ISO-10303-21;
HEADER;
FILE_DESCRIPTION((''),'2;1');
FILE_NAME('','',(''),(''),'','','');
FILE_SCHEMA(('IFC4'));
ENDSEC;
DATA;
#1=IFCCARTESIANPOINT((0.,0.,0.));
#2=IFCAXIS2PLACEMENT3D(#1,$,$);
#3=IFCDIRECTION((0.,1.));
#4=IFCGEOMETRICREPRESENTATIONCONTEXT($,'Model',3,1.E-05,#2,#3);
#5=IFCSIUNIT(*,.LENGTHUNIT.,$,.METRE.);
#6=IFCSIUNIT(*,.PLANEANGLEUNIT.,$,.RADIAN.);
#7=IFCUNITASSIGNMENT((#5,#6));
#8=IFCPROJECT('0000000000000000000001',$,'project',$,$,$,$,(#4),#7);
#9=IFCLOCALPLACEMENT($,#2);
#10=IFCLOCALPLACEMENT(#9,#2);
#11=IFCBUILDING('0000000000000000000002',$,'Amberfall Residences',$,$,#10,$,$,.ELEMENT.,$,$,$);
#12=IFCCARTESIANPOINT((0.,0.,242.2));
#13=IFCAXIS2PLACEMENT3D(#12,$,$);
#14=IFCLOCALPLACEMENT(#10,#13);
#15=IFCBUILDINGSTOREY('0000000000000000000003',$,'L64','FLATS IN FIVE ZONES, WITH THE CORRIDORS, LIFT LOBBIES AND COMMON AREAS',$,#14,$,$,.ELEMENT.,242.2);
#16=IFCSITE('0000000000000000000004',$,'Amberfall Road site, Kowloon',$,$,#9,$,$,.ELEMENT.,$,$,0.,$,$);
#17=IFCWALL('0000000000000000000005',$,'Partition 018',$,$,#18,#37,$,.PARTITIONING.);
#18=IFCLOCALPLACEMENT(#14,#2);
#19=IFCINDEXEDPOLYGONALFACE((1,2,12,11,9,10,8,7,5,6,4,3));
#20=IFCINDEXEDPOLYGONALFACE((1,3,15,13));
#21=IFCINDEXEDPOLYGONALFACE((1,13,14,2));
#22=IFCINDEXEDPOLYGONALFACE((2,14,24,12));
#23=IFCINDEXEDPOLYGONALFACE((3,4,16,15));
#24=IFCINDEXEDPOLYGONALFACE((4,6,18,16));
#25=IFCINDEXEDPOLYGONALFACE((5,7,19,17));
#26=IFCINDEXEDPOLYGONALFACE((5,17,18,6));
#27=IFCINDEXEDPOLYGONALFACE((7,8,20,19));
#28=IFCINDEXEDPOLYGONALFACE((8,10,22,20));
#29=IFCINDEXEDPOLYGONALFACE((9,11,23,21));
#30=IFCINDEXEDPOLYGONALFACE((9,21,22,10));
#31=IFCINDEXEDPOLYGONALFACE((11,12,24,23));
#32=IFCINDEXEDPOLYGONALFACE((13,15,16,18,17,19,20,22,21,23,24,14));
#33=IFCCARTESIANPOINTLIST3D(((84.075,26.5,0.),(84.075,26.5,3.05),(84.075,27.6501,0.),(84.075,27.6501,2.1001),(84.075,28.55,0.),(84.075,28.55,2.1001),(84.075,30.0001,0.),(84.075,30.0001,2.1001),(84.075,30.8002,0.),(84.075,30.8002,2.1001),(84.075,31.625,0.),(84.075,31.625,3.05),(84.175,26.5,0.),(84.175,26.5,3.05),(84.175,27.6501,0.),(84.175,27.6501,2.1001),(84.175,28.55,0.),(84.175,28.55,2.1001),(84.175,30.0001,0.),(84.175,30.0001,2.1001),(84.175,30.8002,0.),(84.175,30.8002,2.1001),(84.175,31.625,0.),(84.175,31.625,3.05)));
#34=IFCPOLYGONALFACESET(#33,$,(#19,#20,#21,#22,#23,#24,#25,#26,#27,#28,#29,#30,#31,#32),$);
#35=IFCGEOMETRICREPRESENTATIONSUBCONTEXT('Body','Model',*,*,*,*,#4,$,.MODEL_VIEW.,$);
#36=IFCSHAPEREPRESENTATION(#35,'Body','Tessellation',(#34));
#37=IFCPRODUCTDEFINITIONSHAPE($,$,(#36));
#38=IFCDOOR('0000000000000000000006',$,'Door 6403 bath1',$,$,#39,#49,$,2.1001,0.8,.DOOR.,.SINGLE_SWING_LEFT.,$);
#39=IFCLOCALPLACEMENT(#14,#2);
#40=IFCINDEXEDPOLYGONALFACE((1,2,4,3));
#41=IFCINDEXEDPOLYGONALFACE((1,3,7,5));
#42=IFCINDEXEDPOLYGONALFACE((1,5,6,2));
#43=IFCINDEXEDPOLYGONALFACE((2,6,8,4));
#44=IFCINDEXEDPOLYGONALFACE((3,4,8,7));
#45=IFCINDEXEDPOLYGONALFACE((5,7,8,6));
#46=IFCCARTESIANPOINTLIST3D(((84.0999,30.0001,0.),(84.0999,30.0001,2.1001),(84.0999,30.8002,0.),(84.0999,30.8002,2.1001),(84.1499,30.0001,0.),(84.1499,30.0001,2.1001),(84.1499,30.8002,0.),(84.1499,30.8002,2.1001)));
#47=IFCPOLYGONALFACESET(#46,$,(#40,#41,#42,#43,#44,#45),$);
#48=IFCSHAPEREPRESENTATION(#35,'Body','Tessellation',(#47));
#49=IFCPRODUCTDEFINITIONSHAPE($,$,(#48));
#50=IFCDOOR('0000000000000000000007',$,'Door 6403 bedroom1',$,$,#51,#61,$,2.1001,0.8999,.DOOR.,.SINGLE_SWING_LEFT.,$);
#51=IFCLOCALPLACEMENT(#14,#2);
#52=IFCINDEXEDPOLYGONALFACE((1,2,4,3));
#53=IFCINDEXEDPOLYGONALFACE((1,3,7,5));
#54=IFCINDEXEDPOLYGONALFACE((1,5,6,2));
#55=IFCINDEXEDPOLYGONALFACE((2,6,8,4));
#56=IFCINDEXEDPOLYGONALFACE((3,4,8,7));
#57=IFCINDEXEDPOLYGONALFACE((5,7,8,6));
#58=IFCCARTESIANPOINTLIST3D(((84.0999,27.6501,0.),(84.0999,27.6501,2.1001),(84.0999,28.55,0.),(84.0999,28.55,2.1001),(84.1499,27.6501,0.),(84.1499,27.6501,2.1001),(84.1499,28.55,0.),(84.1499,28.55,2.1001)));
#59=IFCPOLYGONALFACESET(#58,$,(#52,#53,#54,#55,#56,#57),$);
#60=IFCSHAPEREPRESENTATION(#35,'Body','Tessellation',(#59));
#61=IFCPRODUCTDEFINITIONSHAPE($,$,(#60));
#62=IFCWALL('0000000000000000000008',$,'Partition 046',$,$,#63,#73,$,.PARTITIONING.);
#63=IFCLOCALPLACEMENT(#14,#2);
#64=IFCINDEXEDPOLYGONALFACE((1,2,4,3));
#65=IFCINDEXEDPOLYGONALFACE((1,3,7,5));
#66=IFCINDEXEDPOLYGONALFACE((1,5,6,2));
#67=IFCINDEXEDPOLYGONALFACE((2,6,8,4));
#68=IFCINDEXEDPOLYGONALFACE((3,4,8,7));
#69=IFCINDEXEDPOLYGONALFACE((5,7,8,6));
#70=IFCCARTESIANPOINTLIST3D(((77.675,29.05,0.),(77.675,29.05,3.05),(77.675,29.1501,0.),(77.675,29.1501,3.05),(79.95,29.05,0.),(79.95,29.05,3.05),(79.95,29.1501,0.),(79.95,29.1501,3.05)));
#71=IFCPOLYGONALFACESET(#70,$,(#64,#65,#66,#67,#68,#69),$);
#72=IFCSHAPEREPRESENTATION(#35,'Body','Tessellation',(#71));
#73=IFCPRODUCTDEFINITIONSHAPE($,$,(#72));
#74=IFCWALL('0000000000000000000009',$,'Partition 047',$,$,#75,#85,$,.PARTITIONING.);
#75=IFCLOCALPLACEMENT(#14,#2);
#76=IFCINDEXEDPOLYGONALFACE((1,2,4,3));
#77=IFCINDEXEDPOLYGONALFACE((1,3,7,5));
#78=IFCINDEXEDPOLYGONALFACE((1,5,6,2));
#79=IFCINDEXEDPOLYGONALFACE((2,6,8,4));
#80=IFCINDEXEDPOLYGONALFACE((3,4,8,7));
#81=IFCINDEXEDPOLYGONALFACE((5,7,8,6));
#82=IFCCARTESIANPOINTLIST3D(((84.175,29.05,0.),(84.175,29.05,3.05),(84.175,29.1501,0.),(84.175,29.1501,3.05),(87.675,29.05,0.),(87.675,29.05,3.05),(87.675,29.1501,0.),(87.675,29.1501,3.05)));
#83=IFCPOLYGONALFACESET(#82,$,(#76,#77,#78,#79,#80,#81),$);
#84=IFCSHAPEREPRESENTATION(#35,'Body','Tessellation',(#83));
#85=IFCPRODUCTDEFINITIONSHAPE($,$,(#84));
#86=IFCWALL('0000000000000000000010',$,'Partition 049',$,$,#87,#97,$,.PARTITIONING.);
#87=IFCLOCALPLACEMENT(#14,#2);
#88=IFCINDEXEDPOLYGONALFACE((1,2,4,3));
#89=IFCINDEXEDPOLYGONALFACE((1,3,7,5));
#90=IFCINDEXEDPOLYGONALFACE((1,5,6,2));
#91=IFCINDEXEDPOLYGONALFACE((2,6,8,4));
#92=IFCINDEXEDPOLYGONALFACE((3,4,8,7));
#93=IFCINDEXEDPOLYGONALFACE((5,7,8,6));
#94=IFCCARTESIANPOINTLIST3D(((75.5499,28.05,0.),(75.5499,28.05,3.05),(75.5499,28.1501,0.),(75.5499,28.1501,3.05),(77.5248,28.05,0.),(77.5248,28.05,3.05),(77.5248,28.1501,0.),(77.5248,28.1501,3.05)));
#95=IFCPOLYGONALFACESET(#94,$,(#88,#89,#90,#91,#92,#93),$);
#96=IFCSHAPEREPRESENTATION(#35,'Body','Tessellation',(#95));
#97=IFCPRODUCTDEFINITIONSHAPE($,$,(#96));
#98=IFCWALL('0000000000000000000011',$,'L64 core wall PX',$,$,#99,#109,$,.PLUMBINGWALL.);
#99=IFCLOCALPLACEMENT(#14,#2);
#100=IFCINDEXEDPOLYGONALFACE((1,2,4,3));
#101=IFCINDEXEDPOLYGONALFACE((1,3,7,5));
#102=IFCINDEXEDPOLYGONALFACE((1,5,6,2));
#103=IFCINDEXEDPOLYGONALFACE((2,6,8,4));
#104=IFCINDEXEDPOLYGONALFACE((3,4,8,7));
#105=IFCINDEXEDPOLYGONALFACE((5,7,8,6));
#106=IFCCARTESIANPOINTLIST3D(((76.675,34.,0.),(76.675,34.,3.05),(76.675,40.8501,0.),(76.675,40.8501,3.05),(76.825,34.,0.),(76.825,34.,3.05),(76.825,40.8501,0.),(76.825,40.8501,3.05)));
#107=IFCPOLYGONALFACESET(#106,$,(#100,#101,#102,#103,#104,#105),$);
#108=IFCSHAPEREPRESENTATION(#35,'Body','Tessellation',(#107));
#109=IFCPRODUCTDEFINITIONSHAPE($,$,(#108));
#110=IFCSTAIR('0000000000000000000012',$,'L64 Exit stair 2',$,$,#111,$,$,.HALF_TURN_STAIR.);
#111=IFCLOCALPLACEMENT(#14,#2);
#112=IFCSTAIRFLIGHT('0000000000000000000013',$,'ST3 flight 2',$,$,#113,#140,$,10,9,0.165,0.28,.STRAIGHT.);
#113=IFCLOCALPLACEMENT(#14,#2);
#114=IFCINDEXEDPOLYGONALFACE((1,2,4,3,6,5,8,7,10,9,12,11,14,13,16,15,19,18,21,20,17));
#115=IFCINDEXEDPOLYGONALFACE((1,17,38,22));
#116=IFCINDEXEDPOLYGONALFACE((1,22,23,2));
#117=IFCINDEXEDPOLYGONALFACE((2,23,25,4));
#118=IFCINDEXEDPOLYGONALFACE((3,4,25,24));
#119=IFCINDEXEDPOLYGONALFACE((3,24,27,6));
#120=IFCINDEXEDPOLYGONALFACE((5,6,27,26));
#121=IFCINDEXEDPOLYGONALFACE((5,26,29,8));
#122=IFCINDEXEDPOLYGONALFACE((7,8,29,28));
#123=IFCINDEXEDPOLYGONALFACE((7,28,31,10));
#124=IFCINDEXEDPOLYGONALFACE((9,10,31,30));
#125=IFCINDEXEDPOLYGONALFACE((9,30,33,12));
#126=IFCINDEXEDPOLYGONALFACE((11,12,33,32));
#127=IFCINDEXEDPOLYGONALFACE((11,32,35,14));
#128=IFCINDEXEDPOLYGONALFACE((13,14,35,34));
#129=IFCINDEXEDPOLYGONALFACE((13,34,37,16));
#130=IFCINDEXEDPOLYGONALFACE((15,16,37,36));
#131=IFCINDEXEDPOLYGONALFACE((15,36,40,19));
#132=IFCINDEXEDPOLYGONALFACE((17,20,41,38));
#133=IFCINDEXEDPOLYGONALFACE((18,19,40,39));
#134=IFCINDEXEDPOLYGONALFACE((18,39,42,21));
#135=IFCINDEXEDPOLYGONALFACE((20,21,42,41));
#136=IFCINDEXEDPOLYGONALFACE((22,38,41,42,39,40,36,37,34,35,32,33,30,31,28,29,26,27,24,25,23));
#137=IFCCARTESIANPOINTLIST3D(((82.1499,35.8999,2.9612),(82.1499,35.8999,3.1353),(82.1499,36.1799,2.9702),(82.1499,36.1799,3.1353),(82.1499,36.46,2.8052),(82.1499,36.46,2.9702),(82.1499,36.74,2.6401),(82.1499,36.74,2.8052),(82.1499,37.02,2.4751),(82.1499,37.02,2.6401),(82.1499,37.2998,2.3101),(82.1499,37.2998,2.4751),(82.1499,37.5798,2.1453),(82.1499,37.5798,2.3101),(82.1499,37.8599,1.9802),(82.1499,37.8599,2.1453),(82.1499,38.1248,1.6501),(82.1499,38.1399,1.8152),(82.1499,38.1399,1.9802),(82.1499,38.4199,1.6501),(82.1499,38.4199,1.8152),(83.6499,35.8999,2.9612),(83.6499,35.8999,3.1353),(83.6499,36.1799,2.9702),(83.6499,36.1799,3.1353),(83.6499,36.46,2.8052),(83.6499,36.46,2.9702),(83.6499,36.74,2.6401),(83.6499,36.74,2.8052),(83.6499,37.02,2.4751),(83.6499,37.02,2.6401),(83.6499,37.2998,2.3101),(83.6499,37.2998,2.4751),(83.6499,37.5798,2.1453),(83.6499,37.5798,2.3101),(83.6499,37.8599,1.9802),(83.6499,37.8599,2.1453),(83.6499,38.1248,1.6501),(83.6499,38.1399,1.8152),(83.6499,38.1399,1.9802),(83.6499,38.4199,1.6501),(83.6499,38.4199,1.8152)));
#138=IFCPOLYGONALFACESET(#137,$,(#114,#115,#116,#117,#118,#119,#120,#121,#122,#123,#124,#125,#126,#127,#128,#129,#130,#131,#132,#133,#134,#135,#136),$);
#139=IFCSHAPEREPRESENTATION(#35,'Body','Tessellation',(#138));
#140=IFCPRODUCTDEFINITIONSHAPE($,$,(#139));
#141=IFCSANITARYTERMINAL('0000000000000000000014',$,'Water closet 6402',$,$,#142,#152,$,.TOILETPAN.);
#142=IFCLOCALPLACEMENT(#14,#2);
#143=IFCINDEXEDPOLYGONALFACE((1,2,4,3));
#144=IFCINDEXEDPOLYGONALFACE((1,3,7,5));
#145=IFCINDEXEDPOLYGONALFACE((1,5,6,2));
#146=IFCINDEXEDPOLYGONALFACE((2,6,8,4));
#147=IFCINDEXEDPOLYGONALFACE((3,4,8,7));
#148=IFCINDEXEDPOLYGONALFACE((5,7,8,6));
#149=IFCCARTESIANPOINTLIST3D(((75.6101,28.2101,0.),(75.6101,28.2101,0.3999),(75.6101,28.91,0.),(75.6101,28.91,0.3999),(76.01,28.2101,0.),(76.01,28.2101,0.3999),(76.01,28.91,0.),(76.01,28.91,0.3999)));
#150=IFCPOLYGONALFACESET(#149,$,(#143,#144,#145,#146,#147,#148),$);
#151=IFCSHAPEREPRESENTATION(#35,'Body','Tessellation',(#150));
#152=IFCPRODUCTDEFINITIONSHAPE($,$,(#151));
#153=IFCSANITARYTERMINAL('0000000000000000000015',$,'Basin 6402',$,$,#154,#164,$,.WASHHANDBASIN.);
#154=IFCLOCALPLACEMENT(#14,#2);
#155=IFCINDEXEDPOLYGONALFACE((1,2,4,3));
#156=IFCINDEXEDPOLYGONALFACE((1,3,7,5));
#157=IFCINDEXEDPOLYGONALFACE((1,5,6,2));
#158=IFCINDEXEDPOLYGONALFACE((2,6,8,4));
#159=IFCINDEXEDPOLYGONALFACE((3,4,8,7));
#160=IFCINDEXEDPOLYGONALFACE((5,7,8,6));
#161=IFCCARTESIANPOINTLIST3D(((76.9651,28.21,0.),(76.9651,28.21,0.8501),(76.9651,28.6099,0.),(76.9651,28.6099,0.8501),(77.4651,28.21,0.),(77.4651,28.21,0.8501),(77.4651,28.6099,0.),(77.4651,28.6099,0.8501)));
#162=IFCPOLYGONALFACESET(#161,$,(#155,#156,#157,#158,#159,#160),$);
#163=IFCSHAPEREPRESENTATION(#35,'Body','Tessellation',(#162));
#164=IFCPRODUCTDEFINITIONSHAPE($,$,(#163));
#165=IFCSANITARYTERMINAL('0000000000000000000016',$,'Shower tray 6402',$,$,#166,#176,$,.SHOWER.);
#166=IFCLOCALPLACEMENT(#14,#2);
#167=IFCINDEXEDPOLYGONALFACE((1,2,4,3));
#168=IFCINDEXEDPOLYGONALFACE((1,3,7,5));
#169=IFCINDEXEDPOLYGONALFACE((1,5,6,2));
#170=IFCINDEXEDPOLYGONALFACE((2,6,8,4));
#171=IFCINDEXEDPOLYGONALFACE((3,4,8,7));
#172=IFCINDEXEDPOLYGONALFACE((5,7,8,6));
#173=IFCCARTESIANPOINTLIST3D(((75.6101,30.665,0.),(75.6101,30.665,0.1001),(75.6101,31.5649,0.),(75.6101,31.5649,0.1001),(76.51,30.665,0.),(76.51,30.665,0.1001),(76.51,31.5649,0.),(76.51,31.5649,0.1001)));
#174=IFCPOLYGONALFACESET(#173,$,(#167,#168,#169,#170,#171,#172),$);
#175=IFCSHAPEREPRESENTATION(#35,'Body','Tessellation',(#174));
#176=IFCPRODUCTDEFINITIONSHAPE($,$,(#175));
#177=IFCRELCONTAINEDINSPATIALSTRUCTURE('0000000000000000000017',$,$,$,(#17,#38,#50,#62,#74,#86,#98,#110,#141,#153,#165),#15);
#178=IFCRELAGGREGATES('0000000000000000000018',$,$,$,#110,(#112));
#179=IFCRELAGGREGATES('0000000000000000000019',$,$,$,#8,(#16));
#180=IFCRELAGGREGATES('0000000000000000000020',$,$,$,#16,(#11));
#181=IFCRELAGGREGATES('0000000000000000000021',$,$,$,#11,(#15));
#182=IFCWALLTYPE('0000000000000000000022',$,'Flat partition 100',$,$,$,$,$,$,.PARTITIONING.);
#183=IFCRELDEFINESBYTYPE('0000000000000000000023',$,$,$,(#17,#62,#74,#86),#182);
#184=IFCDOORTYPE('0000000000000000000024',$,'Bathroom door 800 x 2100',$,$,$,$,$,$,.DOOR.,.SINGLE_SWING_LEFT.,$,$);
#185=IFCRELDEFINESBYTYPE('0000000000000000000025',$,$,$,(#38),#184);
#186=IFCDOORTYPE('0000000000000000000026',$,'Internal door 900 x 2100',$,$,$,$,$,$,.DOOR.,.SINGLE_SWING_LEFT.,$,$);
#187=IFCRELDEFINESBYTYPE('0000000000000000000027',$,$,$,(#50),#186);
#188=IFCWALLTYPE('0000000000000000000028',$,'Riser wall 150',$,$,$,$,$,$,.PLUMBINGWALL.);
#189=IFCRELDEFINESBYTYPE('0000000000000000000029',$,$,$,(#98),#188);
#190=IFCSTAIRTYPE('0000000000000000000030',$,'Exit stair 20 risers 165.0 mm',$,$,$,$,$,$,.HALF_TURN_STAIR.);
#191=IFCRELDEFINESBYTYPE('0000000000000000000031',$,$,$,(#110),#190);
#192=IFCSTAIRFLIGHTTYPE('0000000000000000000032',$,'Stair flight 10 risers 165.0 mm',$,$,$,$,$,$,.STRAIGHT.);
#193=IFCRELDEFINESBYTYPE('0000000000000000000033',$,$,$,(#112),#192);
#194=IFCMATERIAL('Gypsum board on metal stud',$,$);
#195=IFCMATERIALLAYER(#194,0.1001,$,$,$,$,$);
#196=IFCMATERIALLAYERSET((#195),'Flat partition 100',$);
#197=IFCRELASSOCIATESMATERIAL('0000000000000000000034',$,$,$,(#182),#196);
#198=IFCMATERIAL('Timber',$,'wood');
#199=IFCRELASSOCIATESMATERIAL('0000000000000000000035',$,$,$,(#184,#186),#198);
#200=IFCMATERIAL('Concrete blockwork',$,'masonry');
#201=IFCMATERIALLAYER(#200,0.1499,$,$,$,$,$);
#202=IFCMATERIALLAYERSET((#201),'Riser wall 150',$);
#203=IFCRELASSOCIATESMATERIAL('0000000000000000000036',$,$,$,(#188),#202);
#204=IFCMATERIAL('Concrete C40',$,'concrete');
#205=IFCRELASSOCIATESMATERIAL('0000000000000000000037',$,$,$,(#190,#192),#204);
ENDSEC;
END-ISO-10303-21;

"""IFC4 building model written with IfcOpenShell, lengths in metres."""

from ifc_helpers import new_model, si_unit, direction, frame, frame_2d, origin, origin_2d, place, context, subcontext, project, spatial, polyline, rectangle, outline, extrude, material, layer, layer_set, type_object, element, fill, aggregate, save


model = new_model("IFC4")

# Units and contexts
model_context = context("Model", 3, precision=1e-05, world=origin(), true_north=direction((0.0, 1.0)))
body_context = subcontext(model_context, "Body", "Model", "MODEL_VIEW")
ifc_project = project(units=[si_unit("LENGTHUNIT", "METRE"), si_unit("PLANEANGLEUNIT", "RADIAN")], contexts=[model_context])

# Site, building, storey
site_placement = place(None, origin())
site = spatial("IfcSite", under=ifc_project, at=site_placement, Name="Amberfall Road site, Kowloon", CompositionType="ELEMENT", RefElevation=0.0)
building_placement = place(site_placement, origin())
building = spatial("IfcBuilding", under=site, at=building_placement, Name="Amberfall Residences", CompositionType="ELEMENT")
storey_placement = place(building_placement, frame((0.0, 0.0, 242.2)))
storey = spatial("IfcBuildingStorey", under=building, at=storey_placement, Name="L64", Description="FLATS IN FIVE ZONES, WITH THE CORRIDORS, LIFT LOBBIES AND COMMON AREAS", CompositionType="ELEMENT", Elevation=242.2)

# Shared definitions
ifc_material_1 = material(Name="Gypsum board on metal stud")
ifc_layer_1 = layer(ifc_material_1, 0.1001)
ifc_layer_set_1 = layer_set([ifc_layer_1], Name="Flat partition 100")
wall_type_1 = type_object("IfcWallType", Name="Flat partition 100", PredefinedType="PARTITIONING", material=ifc_layer_set_1)
ifc_material_2 = material(Name="Timber", Category="wood")
door_type_1 = type_object("IfcDoorType", Name="Bathroom door 800 x 2100", OperationType="SINGLE_SWING_LEFT", PredefinedType="DOOR", material=ifc_material_2)
door_type_2 = type_object("IfcDoorType", Name="Internal door 900 x 2100", OperationType="SINGLE_SWING_LEFT", PredefinedType="DOOR", material=ifc_material_2)

# Wall, openings, doors
wall_1_placement = place(storey_placement, frame((84.125, 31.625, 0.0), z_axis=(0.0, 0.0, 1.0), x_axis=(0.0, -1.0, 0.0)))
wall_1 = element("IfcWall", 1, at=wall_1_placement, inside=storey, type_object=wall_type_1, Name="Partition 018", PredefinedType="PARTITIONING", context=body_context, shape_type="SweptSolid", body=[
    extrude(rectangle(XDim=5.125, YDim=0.1001, at=frame_2d((2.5625, 0.0))), origin(), (0.0, 0.0, 1.0), 3.05),
])
opening_1_placement = place(wall_1_placement, frame((3.075, 0.0, 0.0)))
opening_1 = element("IfcOpeningElement", 2, at=opening_1_placement, cuts=wall_1, PredefinedType="OPENING", context=body_context, shape_type="SweptSolid", body=[
    extrude(rectangle(XDim=0.8999, YDim=2.1001, at=frame_2d((0.45, 1.05))), frame((0.0, 0.0601, 0.0), z_axis=(0.0, -1.0, 0.0), x_axis=(1.0, 0.0, 0.0)), (0.0, 0.0, 1.0), 0.1201),
])
opening_2_placement = place(wall_1_placement, frame((0.825, 0.0, 0.0)))
opening_2 = element("IfcOpeningElement", 3, at=opening_2_placement, cuts=wall_1, PredefinedType="OPENING", context=body_context, shape_type="SweptSolid", body=[
    extrude(rectangle(XDim=0.8, YDim=2.1001, at=frame_2d((0.3999, 1.05))), frame((0.0, 0.0601, 0.0), z_axis=(0.0, -1.0, 0.0), x_axis=(1.0, 0.0, 0.0)), (0.0, 0.0, 1.0), 0.1201),
])
door_1_placement = place(opening_2_placement, origin())
door_1 = element("IfcDoor", 4, at=door_1_placement, inside=storey, type_object=door_type_1, Name="Door 6403 bath1", OperationType="SINGLE_SWING_LEFT", OverallHeight=2.1001, OverallWidth=0.8, PredefinedType="DOOR", context=body_context, shape_type="SweptSolid", body=[
    extrude(rectangle(XDim=0.8, YDim=2.1001, at=frame_2d((0.3999, 1.05))), frame((0.0, 0.0249, 0.0), z_axis=(0.0, -1.0, 0.0), x_axis=(1.0, 0.0, 0.0)), (0.0, 0.0, 1.0), 0.05),
])
fill(opening_2, door_1)
door_2_placement = place(opening_1_placement, origin())
door_2 = element("IfcDoor", 5, at=door_2_placement, inside=storey, type_object=door_type_2, Name="Door 6403 bedroom1", OperationType="SINGLE_SWING_LEFT", OverallHeight=2.1001, OverallWidth=0.8999, PredefinedType="DOOR", context=body_context, shape_type="SweptSolid", body=[
    extrude(rectangle(XDim=0.8999, YDim=2.1001, at=frame_2d((0.45, 1.05))), frame((0.0, 0.0249, 0.0), z_axis=(0.0, -1.0, 0.0), x_axis=(1.0, 0.0, 0.0)), (0.0, 0.0, 1.0), 0.05),
])
fill(opening_1, door_2)

# Walls
wall_2_placement = place(storey_placement, frame((77.675, 29.1001, 0.0), z_axis=(0.0, 0.0, 1.0), x_axis=(1.0, 0.0, 0.0)))
element("IfcWall", 6, at=wall_2_placement, inside=storey, type_object=wall_type_1, Name="Partition 046", PredefinedType="PARTITIONING", context=body_context, shape_type="SweptSolid", body=[
    extrude(rectangle(XDim=2.2749, YDim=0.1001, at=frame_2d((1.1375, 0.0))), origin(), (0.0, 0.0, 1.0), 3.05),
])
wall_3_placement = place(storey_placement, frame((84.175, 29.1001, 0.0), z_axis=(0.0, 0.0, 1.0), x_axis=(1.0, 0.0, 0.0)))
element("IfcWall", 7, at=wall_3_placement, inside=storey, type_object=wall_type_1, Name="Partition 047", PredefinedType="PARTITIONING", context=body_context, shape_type="SweptSolid", body=[
    extrude(rectangle(XDim=3.5, YDim=0.1001, at=frame_2d((1.75, 0.0))), origin(), (0.0, 0.0, 1.0), 3.05),
])
wall_4_placement = place(storey_placement, frame((75.55, 28.1001, 0.0), z_axis=(0.0, 0.0, 1.0), x_axis=(1.0, 0.0, 0.0)))
element("IfcWall", 8, at=wall_4_placement, inside=storey, type_object=wall_type_1, Name="Partition 049", PredefinedType="PARTITIONING", context=body_context, shape_type="SweptSolid", body=[
    extrude(rectangle(XDim=1.9749, YDim=0.1001, at=frame_2d((0.9873, 0.0))), origin(), (0.0, 0.0, 1.0), 3.05),
])
ifc_material_3 = material(Name="Concrete blockwork", Category="masonry")
ifc_layer_2 = layer(ifc_material_3, 0.1499)
ifc_layer_set_2 = layer_set([ifc_layer_2], Name="Riser wall 150")
wall_type_2 = type_object("IfcWallType", Name="Riser wall 150", PredefinedType="PLUMBINGWALL", material=ifc_layer_set_2)
wall_5_placement = place(storey_placement, frame((76.75, 34.0, 0.0), z_axis=(0.0, 0.0, 1.0), x_axis=(0.0, 1.0, 0.0)))
element("IfcWall", 9, at=wall_5_placement, inside=storey, type_object=wall_type_2, Name="L64 core wall PX", PredefinedType="PLUMBINGWALL", context=body_context, shape_type="SweptSolid", body=[
    extrude(rectangle(XDim=6.8501, YDim=0.1499, at=frame_2d((3.425, 0.0))), origin(), (0.0, 0.0, 1.0), 3.05),
])

# Stair, stair flight
ifc_material_4 = material(Name="Concrete C40", Category="concrete")
stair_type = type_object("IfcStairType", Name="Exit stair 20 risers 165.0 mm", PredefinedType="HALF_TURN_STAIR", material=ifc_material_4)
stair_placement = place(storey_placement, origin())
stair = element("IfcStair", 10, at=stair_placement, inside=storey, type_object=stair_type, Name="L64 Exit stair 2", PredefinedType="HALF_TURN_STAIR")
stair_flight_type = type_object("IfcStairFlightType", Name="Stair flight 10 risers 165.0 mm", PredefinedType="STRAIGHT", material=ifc_material_4)
stair_flight_placement = place(storey_placement, frame((82.8999, 38.4199, 1.6501), z_axis=(0.0, 0.0, 1.0), x_axis=(0.0, -1.0, 0.0)))
stair_flight = element("IfcStairFlight", 11, at=stair_flight_placement, type_object=stair_flight_type, Name="ST3 flight 2", NumberOfRisers=10, NumberOfTreads=9, PredefinedType="STRAIGHT", RiserHeight=0.165, TreadLength=0.28, context=body_context, shape_type="SweptSolid", body=[
    extrude(outline(polyline([(0.0, 0.0), (0.0, 0.165), (0.28, 0.165), (0.28, 0.3301), (0.5601, 0.3301), (0.5601, 0.4951), (0.8401, 0.4951), (0.8401, 0.6599), (1.1201, 0.6599), (1.1201, 0.825), (1.3999, 0.825), (1.3999, 0.99), (1.6799, 0.99), (1.6799, 1.155), (1.96, 1.155), (1.96, 1.3201), (2.24, 1.3201), (2.24, 1.4851), (2.52, 1.4851), (2.52, 1.6499), (2.52, 1.311), (0.2952, 0.0), (0.0, 0.0)])), frame((0.0, 0.75, 0.0), z_axis=(0.0, -1.0, 0.0), x_axis=(1.0, 0.0, 0.0)), (0.0, 0.0, 1.0), 1.5),
])
aggregate(stair, [stair_flight])

# Sanitary terminals
sanitary_terminal_1_placement = place(storey_placement, frame((75.8101, 28.5601, 0.0), z_axis=(0.0, 0.0, 1.0), x_axis=(1.0, 0.0, 0.0)))
element("IfcSanitaryTerminal", 12, at=sanitary_terminal_1_placement, inside=storey, Name="Water closet 6402", PredefinedType="TOILETPAN", context=body_context, shape_type="SweptSolid", body=[
    extrude(rectangle(XDim=0.3999, YDim=0.7, at=origin_2d()), origin(), (0.0, 0.0, 1.0), 0.3999),
])
sanitary_terminal_2_placement = place(storey_placement, frame((77.2151, 28.4099, 0.0), z_axis=(0.0, 0.0, 1.0), x_axis=(1.0, 0.0, 0.0)))
element("IfcSanitaryTerminal", 13, at=sanitary_terminal_2_placement, inside=storey, Name="Basin 6402", PredefinedType="WASHHANDBASIN", context=body_context, shape_type="SweptSolid", body=[
    extrude(rectangle(XDim=0.5, YDim=0.3999, at=origin_2d()), origin(), (0.0, 0.0, 1.0), 0.8501),
])
sanitary_terminal_3_placement = place(storey_placement, frame((76.0601, 31.115, 0.0), z_axis=(0.0, 0.0, 1.0), x_axis=(1.0, 0.0, 0.0)))
element("IfcSanitaryTerminal", 14, at=sanitary_terminal_3_placement, inside=storey, Name="Shower tray 6402", PredefinedType="SHOWER", context=body_context, shape_type="SweptSolid", body=[
    extrude(rectangle(XDim=0.8999, YDim=0.8999, at=origin_2d()), origin(), (0.0, 0.0, 1.0), 0.1001),
])

save(model, "model.ifc")
